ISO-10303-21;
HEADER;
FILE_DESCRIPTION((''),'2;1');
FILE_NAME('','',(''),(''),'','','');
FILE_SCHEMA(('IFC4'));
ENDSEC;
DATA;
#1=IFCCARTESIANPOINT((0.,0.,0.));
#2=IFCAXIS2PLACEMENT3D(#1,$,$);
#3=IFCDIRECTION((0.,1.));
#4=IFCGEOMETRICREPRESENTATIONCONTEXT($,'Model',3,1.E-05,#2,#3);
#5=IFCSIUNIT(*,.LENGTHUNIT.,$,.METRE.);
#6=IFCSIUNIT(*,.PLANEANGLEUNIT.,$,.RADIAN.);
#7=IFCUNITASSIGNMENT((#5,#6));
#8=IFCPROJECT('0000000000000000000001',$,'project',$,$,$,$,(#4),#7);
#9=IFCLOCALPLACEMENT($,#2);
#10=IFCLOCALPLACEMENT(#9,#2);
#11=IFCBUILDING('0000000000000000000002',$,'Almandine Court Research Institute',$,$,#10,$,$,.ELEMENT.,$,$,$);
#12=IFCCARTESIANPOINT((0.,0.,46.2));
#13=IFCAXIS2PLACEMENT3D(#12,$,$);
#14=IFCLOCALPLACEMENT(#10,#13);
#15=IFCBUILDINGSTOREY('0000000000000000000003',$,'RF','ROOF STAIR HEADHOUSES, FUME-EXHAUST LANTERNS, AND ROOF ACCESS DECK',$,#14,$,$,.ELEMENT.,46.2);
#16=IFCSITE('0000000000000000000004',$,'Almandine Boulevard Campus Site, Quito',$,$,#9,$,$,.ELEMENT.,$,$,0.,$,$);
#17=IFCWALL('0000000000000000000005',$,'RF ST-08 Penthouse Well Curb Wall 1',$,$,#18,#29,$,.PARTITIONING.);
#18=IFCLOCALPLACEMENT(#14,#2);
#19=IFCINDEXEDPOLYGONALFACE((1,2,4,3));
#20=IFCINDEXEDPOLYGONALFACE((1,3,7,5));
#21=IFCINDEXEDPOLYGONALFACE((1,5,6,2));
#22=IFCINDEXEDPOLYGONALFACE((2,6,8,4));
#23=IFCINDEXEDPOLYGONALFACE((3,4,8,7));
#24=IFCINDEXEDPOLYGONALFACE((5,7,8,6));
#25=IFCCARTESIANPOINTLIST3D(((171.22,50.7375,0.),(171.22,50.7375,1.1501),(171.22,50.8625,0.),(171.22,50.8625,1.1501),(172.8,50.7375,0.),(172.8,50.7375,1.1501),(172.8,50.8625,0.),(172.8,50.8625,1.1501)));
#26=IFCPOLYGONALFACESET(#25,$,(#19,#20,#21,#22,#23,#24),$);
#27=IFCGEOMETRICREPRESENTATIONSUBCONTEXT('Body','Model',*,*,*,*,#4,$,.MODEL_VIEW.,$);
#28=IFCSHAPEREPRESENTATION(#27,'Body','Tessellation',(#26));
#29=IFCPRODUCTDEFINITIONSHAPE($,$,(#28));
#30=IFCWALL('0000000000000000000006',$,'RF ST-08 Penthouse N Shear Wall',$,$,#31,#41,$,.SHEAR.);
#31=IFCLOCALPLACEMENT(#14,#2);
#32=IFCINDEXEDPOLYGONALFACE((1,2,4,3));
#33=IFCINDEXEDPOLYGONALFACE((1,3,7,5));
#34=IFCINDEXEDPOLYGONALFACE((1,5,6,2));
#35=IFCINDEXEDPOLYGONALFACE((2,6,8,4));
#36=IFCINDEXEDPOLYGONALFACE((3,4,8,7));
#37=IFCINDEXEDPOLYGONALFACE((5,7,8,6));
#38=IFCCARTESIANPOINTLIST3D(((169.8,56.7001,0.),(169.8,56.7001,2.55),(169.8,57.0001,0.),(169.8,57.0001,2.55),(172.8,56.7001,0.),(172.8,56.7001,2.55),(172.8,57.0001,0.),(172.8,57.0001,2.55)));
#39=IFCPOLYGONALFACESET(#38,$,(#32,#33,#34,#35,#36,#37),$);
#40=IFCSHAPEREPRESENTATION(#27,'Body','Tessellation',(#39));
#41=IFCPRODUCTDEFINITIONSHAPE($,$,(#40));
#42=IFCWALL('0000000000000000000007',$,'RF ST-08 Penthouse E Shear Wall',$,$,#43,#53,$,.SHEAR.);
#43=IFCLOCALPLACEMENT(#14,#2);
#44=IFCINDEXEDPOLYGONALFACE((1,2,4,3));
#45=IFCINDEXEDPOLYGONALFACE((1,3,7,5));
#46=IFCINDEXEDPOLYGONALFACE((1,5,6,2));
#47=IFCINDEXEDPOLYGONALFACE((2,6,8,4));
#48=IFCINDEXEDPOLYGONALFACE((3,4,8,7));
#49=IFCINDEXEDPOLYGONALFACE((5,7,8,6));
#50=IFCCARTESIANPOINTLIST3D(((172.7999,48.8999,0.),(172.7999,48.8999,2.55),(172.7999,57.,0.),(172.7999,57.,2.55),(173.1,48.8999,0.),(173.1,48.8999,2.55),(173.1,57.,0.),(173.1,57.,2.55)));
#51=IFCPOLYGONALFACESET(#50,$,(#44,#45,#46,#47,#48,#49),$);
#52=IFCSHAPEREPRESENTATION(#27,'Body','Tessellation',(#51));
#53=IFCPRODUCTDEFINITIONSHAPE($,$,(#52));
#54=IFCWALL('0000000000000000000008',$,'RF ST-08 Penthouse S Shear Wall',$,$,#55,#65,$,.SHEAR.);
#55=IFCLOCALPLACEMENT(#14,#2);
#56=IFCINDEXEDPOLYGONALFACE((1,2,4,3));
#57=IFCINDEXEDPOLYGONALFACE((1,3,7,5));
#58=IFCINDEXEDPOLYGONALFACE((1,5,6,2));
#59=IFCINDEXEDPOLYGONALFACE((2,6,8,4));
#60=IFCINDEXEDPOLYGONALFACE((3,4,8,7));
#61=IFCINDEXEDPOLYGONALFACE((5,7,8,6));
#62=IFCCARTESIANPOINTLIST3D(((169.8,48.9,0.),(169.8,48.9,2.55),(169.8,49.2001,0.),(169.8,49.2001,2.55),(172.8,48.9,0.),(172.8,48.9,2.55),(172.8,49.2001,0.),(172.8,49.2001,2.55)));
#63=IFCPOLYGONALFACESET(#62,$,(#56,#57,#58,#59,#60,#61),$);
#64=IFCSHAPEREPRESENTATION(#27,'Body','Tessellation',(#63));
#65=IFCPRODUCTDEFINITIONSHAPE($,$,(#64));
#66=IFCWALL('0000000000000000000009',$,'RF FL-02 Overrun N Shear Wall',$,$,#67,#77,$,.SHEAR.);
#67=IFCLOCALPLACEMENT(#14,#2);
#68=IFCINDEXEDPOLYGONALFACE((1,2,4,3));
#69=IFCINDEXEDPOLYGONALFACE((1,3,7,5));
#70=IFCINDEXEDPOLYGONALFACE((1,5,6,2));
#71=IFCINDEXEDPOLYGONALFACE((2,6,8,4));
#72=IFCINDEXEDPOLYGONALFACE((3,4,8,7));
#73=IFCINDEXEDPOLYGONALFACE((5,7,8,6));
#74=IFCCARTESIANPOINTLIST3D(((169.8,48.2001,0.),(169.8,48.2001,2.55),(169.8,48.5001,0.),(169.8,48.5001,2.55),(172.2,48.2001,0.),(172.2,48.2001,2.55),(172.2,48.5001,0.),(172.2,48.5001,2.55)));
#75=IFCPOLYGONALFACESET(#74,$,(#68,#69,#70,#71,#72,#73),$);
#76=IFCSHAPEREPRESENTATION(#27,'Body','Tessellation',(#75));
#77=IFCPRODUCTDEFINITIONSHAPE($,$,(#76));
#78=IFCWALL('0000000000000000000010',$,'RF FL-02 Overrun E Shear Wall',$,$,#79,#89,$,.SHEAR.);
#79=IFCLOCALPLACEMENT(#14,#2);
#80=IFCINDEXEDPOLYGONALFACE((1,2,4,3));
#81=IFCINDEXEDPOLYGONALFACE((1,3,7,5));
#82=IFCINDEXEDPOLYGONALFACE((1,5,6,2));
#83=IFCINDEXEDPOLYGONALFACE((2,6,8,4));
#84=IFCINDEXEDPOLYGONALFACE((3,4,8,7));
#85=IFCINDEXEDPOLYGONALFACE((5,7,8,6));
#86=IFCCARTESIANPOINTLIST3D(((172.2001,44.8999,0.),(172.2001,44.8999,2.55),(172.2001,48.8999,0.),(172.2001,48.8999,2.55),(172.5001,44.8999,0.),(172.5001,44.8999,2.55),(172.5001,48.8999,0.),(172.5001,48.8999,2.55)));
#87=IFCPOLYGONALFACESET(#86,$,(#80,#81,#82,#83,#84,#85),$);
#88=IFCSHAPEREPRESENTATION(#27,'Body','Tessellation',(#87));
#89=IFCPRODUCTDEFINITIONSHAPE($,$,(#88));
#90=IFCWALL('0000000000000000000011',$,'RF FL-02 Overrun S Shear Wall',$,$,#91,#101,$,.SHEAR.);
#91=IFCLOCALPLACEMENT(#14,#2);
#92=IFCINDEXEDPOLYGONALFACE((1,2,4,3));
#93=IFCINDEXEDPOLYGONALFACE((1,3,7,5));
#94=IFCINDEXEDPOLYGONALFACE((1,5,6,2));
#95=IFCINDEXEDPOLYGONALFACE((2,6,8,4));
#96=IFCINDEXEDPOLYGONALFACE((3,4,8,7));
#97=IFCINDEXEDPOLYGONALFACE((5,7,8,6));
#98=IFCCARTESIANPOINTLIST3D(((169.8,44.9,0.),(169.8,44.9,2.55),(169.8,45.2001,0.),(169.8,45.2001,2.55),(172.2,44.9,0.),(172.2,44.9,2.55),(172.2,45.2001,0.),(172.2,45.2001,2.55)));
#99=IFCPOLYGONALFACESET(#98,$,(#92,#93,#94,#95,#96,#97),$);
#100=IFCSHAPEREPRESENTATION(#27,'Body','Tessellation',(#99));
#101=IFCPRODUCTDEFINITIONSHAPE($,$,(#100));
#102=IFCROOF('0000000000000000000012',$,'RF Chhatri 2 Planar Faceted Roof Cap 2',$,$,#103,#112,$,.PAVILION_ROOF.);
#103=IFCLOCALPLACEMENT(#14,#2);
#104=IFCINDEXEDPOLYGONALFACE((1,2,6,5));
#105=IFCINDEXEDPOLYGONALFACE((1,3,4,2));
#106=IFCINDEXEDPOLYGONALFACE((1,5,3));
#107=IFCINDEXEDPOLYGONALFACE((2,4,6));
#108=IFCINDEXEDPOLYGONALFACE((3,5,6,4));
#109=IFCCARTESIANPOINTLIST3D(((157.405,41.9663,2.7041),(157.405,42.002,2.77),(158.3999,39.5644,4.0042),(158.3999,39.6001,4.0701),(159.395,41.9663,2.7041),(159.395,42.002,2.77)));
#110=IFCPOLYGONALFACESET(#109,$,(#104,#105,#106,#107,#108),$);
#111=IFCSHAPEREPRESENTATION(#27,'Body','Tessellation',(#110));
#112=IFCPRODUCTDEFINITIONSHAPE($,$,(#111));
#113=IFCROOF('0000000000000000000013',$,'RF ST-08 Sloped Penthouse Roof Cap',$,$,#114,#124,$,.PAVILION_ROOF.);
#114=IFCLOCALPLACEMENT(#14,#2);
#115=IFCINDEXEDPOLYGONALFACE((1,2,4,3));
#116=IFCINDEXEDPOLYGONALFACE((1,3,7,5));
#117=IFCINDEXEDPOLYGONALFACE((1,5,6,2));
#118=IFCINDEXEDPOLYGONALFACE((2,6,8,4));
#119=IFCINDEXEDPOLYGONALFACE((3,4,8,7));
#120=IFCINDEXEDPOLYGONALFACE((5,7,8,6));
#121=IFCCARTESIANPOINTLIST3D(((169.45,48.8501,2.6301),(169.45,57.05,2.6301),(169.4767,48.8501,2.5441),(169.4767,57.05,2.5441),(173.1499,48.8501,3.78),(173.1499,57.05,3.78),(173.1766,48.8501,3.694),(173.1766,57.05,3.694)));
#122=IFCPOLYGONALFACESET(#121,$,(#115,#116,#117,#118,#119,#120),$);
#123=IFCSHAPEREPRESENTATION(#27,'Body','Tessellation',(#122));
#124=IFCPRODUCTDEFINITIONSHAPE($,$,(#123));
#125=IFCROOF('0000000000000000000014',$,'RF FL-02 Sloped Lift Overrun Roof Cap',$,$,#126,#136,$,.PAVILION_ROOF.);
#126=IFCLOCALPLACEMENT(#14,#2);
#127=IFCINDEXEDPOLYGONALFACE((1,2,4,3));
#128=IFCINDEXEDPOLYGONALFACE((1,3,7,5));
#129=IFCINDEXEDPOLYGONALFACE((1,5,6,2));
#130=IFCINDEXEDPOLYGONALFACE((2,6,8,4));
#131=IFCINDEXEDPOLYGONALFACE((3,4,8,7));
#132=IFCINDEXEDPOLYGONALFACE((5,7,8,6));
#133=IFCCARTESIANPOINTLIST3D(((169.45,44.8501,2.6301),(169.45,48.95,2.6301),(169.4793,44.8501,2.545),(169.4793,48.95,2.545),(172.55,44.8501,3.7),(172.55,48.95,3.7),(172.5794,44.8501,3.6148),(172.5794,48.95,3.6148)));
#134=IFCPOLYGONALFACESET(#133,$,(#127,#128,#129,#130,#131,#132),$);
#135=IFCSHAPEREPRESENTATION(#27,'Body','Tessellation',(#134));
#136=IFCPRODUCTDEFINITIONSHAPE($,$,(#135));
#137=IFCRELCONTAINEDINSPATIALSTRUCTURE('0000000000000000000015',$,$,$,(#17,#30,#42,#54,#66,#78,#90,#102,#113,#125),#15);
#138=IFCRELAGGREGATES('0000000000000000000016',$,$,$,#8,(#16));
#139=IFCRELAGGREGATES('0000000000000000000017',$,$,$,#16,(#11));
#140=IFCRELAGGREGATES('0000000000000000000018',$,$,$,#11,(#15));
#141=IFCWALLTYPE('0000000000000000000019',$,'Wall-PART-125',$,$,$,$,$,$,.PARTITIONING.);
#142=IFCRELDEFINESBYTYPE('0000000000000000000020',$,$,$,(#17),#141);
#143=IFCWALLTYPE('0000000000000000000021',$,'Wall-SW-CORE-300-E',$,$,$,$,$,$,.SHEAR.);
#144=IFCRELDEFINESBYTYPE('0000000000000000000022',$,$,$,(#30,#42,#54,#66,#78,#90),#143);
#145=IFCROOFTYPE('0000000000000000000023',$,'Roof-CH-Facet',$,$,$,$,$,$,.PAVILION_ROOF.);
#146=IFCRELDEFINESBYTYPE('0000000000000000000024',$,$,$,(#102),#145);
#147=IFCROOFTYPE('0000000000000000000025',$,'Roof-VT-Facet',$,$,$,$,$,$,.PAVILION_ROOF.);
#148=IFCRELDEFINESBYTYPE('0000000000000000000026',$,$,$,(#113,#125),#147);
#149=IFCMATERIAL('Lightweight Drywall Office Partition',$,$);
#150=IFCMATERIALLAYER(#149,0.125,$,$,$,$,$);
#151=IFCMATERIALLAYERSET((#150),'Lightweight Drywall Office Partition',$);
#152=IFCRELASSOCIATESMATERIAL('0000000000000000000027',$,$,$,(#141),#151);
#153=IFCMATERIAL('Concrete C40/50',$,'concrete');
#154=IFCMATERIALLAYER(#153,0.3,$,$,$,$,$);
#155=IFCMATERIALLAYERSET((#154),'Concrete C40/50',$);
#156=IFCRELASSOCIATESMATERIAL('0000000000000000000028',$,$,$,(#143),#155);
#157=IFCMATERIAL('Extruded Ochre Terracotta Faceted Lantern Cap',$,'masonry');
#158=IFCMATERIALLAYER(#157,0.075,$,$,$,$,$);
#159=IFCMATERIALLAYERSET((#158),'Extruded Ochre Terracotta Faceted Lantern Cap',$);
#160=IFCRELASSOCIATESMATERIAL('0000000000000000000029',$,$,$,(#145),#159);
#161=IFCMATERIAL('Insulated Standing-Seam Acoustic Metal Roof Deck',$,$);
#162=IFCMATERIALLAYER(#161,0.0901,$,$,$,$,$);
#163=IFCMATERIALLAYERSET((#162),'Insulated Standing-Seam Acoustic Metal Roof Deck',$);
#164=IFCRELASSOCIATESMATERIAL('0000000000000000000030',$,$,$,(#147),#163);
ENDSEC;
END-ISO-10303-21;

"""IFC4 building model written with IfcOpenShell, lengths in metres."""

from ifc_helpers import new_model, si_unit, direction, frame, frame_2d, origin, place, context, subcontext, project, spatial, polyline, rectangle, outline, extrude, material, layer, layer_set, type_object, element, save


model = new_model("IFC4")

# Units and contexts
model_context = context("Model", 3, precision=1e-05, world=origin(), true_north=direction((0.0, 1.0)))
body_context = subcontext(model_context, "Body", "Model", "MODEL_VIEW")
ifc_project = project(units=[si_unit("LENGTHUNIT", "METRE"), si_unit("PLANEANGLEUNIT", "RADIAN")], contexts=[model_context])

# Site, building, storey
site_placement = place(None, origin())
site = spatial("IfcSite", under=ifc_project, at=site_placement, Name="Almandine Boulevard Campus Site, Quito", CompositionType="ELEMENT", RefElevation=0.0)
building_placement = place(site_placement, origin())
building = spatial("IfcBuilding", under=site, at=building_placement, Name="Almandine Court Research Institute", CompositionType="ELEMENT")
storey_placement = place(building_placement, frame((0.0, 0.0, 46.2)))
storey = spatial("IfcBuildingStorey", under=building, at=storey_placement, Name="RF", Description="ROOF STAIR HEADHOUSES, FUME-EXHAUST LANTERNS, AND ROOF ACCESS DECK", CompositionType="ELEMENT", Elevation=46.2)

# Wall
ifc_material_1 = material(Name="Lightweight Drywall Office Partition")
ifc_layer_1 = layer(ifc_material_1, 0.125)
ifc_layer_set_1 = layer_set([ifc_layer_1], Name="Lightweight Drywall Office Partition")
wall_type_1 = type_object("IfcWallType", Name="Wall-PART-125", PredefinedType="PARTITIONING", material=ifc_layer_set_1)
wall_1_placement = place(storey_placement, frame((172.8, 50.8, 0.0), z_axis=(0.0, 0.0, 1.0), x_axis=(-1.0, 0.0, 0.0)))
element("IfcWall", 1, at=wall_1_placement, inside=storey, type_object=wall_type_1, Name="RF ST-08 Penthouse Well Curb Wall 1", PredefinedType="PARTITIONING", context=body_context, shape_type="SweptSolid", body=[
    extrude(rectangle(XDim=1.5801, YDim=0.125, at=frame_2d((0.79, 0.0))), origin(), (0.0, 0.0, 1.0), 1.1501),
])

# Shared definitions
ifc_material_2 = material(Name="Concrete C40/50", Category="concrete")
ifc_layer_2 = layer(ifc_material_2, 0.3)
ifc_layer_set_2 = layer_set([ifc_layer_2], Name="Concrete C40/50")
wall_type_2 = type_object("IfcWallType", Name="Wall-SW-CORE-300-E", PredefinedType="SHEAR", material=ifc_layer_set_2)

# Walls
wall_2_placement = place(storey_placement, frame((169.8, 56.8501, 0.0), z_axis=(0.0, 0.0, 1.0), x_axis=(1.0, 0.0, 0.0)))
element("IfcWall", 2, at=wall_2_placement, inside=storey, type_object=wall_type_2, Name="RF ST-08 Penthouse N Shear Wall", PredefinedType="SHEAR", context=body_context, shape_type="SweptSolid", body=[
    extrude(rectangle(XDim=3.0, YDim=0.3, at=frame_2d((1.5, 0.0))), origin(), (0.0, 0.0, 1.0), 2.55),
])
wall_3_placement = place(storey_placement, frame((172.95, 57.0, 0.0), z_axis=(0.0, 0.0, 1.0), x_axis=(0.0, -1.0, 0.0)))
element("IfcWall", 3, at=wall_3_placement, inside=storey, type_object=wall_type_2, Name="RF ST-08 Penthouse E Shear Wall", PredefinedType="SHEAR", context=body_context, shape_type="SweptSolid", body=[
    extrude(rectangle(XDim=8.1001, YDim=0.3, at=frame_2d((4.05, 0.0))), origin(), (0.0, 0.0, 1.0), 2.55),
])
wall_4_placement = place(storey_placement, frame((172.8, 49.05, 0.0), z_axis=(0.0, 0.0, 1.0), x_axis=(-1.0, 0.0, 0.0)))
element("IfcWall", 4, at=wall_4_placement, inside=storey, type_object=wall_type_2, Name="RF ST-08 Penthouse S Shear Wall", PredefinedType="SHEAR", context=body_context, shape_type="SweptSolid", body=[
    extrude(rectangle(XDim=3.0, YDim=0.3, at=frame_2d((1.5, 0.0))), origin(), (0.0, 0.0, 1.0), 2.55),
])

# Walls
wall_5_placement = place(storey_placement, frame((169.8, 48.3501, 0.0), z_axis=(0.0, 0.0, 1.0), x_axis=(1.0, 0.0, 0.0)))
element("IfcWall", 5, at=wall_5_placement, inside=storey, type_object=wall_type_2, Name="RF FL-02 Overrun N Shear Wall", PredefinedType="SHEAR", context=body_context, shape_type="SweptSolid", body=[
    extrude(rectangle(XDim=2.3999, YDim=0.3, at=frame_2d((1.2, 0.0))), origin(), (0.0, 0.0, 1.0), 2.55),
])
wall_6_placement = place(storey_placement, frame((172.3501, 48.8999, 0.0), z_axis=(0.0, 0.0, 1.0), x_axis=(0.0, -1.0, 0.0)))
element("IfcWall", 6, at=wall_6_placement, inside=storey, type_object=wall_type_2, Name="RF FL-02 Overrun E Shear Wall", PredefinedType="SHEAR", context=body_context, shape_type="SweptSolid", body=[
    extrude(rectangle(XDim=4.0, YDim=0.3, at=frame_2d((2.0, 0.0))), origin(), (0.0, 0.0, 1.0), 2.55),
])
wall_7_placement = place(storey_placement, frame((172.2, 45.05, 0.0), z_axis=(0.0, 0.0, 1.0), x_axis=(-1.0, 0.0, 0.0)))
element("IfcWall", 7, at=wall_7_placement, inside=storey, type_object=wall_type_2, Name="RF FL-02 Overrun S Shear Wall", PredefinedType="SHEAR", context=body_context, shape_type="SweptSolid", body=[
    extrude(rectangle(XDim=2.3999, YDim=0.3, at=frame_2d((1.2, 0.0))), origin(), (0.0, 0.0, 1.0), 2.55),
])

# Roofs
ifc_material_3 = material(Name="Extruded Ochre Terracotta Faceted Lantern Cap", Category="masonry")
ifc_layer_3 = layer(ifc_material_3, 0.075)
ifc_layer_set_3 = layer_set([ifc_layer_3], Name="Extruded Ochre Terracotta Faceted Lantern Cap")
roof_type_1 = type_object("IfcRoofType", Name="Roof-CH-Facet", PredefinedType="PAVILION_ROOF", material=ifc_layer_set_3)
roof_1_placement = place(storey_placement, frame((159.395, 42.002, 2.77), z_axis=(0.0, 0.476012, 0.879439), x_axis=(-1.0, 0.0, 0.0)))
element("IfcRoof", 8, at=roof_1_placement, inside=storey, type_object=roof_type_1, Name="RF Chhatri 2 Planar Faceted Roof Cap 2", PredefinedType="PAVILION_ROOF", context=body_context, shape_type="SweptSolid", body=[
    extrude(outline(polyline([(0.0, 0.0), (1.99, 0.0), (0.9951, 2.7311), (0.0, 0.0)])), origin(), (0.0, 0.0, -1.0), 0.075),
])
ifc_material_4 = material(Name="Insulated Standing-Seam Acoustic Metal Roof Deck")
ifc_layer_4 = layer(ifc_material_4, 0.0901)
ifc_layer_set_4 = layer_set([ifc_layer_4], Name="Insulated Standing-Seam Acoustic Metal Roof Deck")
roof_type_2 = type_object("IfcRoofType", Name="Roof-VT-Facet", PredefinedType="PAVILION_ROOF", material=ifc_layer_set_4)
roof_2_placement = place(storey_placement, frame((169.45, 48.8501, 2.6301), z_axis=(-0.296786, 0.0, 0.954944), x_axis=(0.954944, 0.0, 0.296786)))
element("IfcRoof", 9, at=roof_2_placement, inside=storey, type_object=roof_type_2, Name="RF ST-08 Sloped Penthouse Roof Cap", PredefinedType="PAVILION_ROOF", context=body_context, shape_type="SweptSolid", body=[
    extrude(outline(polyline([(0.0, 0.0), (3.8745, 0.0), (3.8745, 8.2), (0.0, 8.2), (0.0, 0.0)])), origin(), (0.0, 0.0, -1.0), 0.0901),
])
roof_3_placement = place(storey_placement, frame((169.45, 44.8501, 2.6301), z_axis=(-0.326216, 0.0, 0.945295), x_axis=(0.945295, 0.0, 0.326216)))
element("IfcRoof", 10, at=roof_3_placement, inside=storey, type_object=roof_type_2, Name="RF FL-02 Sloped Lift Overrun Roof Cap", PredefinedType="PAVILION_ROOF", context=body_context, shape_type="SweptSolid", body=[
    extrude(outline(polyline([(0.0, 0.0), (3.2795, 0.0), (3.2795, 4.0999), (0.0, 4.0999), (0.0, 0.0)])), origin(), (0.0, 0.0, -1.0), 0.0901),
])

save(model, "model.ifc")
